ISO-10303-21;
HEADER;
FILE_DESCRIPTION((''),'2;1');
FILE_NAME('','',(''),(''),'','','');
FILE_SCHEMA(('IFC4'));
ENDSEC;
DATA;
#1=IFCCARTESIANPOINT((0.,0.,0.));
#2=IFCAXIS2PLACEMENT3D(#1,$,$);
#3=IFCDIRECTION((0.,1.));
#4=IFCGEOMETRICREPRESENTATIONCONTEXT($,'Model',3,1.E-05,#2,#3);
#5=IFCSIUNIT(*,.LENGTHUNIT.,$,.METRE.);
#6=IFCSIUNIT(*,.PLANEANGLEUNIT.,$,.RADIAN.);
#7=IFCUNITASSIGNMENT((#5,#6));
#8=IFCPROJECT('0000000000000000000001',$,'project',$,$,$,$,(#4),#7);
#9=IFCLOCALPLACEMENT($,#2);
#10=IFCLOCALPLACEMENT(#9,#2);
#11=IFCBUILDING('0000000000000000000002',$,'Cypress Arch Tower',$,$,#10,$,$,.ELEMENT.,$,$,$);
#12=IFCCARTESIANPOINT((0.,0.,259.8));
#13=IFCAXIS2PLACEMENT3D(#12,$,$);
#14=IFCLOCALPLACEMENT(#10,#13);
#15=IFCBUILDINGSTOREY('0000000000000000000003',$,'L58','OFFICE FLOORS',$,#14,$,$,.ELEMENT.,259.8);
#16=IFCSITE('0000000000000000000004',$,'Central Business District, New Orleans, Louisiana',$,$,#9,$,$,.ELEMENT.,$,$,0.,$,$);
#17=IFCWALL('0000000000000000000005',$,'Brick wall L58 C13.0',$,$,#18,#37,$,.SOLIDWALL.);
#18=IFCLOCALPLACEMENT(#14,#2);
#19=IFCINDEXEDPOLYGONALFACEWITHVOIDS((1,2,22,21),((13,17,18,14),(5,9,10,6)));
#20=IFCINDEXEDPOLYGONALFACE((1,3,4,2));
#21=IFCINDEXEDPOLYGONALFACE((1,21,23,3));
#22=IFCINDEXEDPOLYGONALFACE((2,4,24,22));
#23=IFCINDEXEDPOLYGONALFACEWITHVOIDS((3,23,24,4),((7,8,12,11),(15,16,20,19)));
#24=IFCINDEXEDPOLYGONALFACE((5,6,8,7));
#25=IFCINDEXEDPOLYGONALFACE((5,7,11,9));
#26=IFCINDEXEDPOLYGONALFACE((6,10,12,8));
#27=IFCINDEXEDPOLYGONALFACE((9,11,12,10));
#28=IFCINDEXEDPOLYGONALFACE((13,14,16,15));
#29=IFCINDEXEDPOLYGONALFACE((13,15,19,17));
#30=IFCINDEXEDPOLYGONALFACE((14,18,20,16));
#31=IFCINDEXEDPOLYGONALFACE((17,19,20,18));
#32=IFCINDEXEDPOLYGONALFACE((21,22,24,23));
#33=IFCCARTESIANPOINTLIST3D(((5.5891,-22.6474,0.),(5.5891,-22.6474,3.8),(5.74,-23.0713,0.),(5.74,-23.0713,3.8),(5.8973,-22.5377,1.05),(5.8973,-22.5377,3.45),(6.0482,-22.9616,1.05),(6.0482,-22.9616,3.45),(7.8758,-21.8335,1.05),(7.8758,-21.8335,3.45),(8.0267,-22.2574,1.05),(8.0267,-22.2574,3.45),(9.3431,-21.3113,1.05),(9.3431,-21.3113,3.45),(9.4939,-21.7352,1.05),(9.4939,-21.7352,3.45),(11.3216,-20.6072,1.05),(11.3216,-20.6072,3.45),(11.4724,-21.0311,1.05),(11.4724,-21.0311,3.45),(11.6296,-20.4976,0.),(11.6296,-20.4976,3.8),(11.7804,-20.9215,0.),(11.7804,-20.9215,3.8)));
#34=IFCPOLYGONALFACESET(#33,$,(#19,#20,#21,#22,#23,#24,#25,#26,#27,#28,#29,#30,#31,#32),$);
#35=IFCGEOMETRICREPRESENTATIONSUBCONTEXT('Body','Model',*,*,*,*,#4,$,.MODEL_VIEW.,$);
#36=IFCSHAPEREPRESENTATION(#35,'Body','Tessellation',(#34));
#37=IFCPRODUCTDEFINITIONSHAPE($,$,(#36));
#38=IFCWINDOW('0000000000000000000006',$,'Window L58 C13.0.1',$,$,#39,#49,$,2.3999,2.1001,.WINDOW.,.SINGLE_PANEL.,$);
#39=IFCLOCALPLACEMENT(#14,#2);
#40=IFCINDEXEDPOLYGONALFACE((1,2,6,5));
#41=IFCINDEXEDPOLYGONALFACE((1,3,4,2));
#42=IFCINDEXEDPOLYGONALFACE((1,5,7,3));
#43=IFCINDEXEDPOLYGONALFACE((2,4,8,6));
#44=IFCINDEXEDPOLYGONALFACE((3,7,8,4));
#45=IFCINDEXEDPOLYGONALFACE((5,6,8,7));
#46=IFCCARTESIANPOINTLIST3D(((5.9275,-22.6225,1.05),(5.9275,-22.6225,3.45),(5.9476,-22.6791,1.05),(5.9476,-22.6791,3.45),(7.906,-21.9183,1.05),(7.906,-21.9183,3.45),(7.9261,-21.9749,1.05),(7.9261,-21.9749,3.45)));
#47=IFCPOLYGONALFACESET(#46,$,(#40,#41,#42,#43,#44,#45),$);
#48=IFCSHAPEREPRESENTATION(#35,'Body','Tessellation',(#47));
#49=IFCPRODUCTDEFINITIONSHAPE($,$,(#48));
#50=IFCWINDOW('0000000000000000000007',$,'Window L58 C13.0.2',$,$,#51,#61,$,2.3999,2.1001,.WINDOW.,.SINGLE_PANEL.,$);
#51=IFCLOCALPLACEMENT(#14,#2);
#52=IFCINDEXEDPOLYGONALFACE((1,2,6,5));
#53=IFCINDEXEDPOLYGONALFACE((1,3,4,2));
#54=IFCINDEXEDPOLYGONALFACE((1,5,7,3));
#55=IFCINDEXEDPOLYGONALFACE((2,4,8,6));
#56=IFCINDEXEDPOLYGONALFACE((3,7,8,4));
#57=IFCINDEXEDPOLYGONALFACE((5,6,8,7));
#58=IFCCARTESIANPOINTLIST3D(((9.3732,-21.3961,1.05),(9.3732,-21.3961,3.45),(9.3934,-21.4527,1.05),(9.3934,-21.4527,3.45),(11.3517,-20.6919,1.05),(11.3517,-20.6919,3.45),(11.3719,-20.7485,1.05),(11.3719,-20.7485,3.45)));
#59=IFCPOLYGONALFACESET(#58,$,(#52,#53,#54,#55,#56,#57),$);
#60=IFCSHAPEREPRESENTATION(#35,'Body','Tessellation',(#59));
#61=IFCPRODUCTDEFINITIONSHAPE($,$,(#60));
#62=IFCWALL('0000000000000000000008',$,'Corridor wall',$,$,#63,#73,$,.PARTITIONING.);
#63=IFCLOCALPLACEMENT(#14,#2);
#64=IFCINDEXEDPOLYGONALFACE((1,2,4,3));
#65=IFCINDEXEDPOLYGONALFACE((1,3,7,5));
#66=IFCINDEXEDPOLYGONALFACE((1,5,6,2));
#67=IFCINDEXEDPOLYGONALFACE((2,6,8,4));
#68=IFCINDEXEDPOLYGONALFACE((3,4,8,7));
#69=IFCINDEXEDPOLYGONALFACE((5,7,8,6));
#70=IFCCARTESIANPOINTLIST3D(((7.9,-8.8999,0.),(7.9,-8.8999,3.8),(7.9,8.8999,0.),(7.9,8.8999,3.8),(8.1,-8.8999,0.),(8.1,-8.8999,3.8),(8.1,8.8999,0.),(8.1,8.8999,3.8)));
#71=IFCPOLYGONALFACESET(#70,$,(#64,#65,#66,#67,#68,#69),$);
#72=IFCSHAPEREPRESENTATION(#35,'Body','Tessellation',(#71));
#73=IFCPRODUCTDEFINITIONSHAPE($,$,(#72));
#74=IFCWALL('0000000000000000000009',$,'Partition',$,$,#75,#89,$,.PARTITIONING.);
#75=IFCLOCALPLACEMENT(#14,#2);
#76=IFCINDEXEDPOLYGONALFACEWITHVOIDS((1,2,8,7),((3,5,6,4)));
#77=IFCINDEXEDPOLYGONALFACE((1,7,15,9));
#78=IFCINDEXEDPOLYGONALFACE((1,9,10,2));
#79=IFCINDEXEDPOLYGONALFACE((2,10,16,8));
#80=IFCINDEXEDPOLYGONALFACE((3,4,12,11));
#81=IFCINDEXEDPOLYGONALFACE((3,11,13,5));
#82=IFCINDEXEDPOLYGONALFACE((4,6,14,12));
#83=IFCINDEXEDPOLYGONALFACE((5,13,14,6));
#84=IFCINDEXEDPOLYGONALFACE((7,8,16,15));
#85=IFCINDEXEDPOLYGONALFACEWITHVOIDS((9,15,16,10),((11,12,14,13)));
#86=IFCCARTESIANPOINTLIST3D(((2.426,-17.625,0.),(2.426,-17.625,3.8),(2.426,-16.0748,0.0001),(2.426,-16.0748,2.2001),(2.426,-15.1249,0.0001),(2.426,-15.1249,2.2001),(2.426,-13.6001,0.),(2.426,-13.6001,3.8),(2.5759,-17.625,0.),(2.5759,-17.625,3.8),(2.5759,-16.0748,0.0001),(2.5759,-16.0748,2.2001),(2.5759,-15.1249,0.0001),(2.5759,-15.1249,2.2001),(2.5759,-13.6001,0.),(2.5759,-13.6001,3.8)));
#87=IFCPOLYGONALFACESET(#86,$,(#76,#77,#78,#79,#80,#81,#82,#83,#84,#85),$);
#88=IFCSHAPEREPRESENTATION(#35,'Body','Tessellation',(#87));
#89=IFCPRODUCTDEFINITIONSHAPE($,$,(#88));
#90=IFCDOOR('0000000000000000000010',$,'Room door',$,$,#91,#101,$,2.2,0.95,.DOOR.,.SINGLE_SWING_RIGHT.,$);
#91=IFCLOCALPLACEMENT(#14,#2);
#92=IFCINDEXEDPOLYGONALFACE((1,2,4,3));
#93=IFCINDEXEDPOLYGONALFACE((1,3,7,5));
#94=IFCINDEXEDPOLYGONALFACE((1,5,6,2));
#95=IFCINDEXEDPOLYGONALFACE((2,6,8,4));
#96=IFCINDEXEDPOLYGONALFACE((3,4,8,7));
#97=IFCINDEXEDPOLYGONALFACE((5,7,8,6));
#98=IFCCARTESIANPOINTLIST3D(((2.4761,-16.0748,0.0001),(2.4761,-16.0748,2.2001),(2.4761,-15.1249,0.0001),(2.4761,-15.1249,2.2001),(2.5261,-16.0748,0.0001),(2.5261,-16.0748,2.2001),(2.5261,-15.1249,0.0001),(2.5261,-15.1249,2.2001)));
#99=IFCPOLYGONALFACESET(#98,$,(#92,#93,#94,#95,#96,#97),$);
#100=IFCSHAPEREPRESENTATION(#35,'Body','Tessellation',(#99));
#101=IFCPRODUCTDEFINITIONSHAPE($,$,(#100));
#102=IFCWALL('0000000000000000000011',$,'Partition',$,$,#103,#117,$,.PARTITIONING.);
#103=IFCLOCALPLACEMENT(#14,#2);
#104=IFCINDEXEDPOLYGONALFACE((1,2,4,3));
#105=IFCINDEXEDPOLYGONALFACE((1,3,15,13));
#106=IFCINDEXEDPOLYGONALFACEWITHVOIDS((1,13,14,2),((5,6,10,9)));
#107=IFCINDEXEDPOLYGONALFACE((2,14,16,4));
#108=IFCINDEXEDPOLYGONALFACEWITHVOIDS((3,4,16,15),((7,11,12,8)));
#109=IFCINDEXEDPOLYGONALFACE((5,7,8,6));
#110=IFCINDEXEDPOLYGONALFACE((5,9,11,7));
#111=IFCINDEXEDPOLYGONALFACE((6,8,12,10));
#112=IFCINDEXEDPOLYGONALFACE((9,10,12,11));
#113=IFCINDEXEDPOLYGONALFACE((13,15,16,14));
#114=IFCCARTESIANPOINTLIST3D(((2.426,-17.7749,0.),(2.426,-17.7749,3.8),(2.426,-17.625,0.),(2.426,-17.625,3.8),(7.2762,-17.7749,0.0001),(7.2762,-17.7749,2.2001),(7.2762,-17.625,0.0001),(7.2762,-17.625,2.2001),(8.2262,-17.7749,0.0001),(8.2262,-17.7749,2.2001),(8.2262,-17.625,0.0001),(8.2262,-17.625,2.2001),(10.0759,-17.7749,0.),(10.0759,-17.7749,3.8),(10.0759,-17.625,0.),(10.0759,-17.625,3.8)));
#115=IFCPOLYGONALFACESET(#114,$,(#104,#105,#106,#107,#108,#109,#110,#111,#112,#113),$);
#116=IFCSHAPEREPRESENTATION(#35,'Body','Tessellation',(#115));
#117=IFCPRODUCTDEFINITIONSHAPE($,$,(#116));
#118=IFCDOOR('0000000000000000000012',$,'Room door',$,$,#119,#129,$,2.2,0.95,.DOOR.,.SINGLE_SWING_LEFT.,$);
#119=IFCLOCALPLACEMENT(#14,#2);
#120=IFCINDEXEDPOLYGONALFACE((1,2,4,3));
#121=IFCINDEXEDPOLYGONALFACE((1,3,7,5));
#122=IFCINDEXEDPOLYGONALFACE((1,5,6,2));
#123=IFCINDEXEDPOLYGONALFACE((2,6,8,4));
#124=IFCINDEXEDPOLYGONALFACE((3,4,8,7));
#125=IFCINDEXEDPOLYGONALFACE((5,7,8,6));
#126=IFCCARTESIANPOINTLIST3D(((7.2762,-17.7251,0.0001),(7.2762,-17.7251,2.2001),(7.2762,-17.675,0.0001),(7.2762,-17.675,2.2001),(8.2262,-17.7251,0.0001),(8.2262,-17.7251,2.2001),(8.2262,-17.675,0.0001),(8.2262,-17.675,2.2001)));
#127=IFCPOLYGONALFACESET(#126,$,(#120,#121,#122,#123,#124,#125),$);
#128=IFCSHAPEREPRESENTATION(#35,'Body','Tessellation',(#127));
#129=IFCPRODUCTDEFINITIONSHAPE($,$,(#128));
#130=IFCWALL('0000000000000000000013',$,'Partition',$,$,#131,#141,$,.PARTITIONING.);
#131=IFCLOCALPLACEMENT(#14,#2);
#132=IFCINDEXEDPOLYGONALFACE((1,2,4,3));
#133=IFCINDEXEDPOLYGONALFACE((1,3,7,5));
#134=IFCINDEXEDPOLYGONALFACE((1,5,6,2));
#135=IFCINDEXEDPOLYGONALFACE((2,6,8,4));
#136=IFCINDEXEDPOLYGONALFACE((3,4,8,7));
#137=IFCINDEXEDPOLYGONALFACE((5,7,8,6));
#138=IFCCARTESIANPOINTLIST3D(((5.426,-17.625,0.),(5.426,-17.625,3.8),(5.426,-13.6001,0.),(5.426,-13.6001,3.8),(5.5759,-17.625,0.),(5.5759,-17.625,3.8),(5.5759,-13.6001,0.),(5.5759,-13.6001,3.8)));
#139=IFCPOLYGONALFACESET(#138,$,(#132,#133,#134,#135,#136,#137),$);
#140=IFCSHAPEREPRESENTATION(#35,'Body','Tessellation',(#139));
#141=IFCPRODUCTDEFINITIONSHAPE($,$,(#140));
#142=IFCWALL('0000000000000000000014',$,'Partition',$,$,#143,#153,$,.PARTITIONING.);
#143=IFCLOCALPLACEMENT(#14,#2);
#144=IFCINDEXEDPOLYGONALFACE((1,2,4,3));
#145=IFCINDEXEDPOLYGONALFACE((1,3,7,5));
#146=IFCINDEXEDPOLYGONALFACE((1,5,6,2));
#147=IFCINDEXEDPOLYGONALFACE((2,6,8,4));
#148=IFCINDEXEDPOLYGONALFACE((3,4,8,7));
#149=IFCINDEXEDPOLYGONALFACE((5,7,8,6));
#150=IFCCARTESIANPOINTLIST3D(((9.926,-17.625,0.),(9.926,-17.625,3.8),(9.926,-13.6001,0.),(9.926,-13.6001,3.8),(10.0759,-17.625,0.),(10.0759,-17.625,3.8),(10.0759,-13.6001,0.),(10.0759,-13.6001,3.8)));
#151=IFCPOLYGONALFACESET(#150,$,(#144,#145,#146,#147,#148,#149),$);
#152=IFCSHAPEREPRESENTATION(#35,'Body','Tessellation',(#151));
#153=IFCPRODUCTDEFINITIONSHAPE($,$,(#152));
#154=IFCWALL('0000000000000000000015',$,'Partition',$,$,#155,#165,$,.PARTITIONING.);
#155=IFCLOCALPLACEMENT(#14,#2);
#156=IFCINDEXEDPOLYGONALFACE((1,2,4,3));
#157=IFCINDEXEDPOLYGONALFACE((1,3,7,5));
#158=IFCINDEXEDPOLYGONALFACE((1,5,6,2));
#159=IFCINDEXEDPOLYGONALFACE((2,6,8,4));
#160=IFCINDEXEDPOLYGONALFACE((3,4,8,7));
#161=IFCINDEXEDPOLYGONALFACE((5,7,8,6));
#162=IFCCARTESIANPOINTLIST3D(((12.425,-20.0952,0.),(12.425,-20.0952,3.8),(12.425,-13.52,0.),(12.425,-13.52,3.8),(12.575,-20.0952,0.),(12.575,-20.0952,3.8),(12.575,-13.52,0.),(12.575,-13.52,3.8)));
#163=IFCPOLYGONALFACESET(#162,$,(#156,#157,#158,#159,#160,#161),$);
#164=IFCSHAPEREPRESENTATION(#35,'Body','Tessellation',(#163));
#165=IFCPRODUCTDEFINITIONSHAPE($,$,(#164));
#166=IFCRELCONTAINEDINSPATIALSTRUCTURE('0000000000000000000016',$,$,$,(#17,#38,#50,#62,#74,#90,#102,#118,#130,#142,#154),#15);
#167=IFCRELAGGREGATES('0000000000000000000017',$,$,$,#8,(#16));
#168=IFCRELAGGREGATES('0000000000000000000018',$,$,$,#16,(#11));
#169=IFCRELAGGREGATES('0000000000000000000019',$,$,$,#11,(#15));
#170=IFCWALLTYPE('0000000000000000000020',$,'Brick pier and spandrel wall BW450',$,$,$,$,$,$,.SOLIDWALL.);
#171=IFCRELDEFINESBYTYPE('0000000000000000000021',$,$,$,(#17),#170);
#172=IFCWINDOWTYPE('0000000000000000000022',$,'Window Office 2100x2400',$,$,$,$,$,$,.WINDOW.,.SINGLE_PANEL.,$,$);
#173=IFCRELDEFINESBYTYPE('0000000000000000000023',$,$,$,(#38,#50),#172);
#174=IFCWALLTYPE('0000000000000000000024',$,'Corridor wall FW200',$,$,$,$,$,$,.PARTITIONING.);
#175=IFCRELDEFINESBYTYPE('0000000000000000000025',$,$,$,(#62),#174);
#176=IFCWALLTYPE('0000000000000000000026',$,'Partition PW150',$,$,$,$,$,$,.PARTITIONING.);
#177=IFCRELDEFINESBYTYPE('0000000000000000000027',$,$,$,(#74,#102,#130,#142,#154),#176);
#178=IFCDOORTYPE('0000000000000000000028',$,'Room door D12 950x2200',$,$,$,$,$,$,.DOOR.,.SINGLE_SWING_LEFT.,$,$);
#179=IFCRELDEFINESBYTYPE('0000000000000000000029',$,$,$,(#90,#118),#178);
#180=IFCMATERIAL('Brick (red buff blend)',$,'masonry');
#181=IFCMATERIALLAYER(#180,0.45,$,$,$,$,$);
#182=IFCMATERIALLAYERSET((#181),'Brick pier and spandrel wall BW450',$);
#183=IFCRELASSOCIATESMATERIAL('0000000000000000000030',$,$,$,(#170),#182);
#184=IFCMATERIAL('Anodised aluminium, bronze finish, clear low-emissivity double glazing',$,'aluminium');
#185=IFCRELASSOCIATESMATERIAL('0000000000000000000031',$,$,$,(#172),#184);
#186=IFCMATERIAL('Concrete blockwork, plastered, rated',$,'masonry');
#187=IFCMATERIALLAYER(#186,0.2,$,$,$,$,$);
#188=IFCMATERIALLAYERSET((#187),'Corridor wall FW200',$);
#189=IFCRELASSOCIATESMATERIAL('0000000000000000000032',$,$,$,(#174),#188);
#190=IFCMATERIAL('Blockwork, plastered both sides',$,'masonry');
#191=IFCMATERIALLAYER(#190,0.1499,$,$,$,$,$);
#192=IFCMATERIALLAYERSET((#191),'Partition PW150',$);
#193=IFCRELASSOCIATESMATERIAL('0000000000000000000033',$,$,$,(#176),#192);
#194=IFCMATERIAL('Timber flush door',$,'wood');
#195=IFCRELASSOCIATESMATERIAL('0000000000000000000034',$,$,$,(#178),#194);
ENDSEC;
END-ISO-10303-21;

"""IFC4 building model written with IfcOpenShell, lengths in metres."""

from ifc_helpers import new_model, si_unit, direction, frame, frame_2d, origin, place, context, subcontext, project, spatial, rectangle, extrude, material, layer, layer_set, type_object, element, fill, save


model = new_model("IFC4")

# Units and contexts
model_context = context("Model", 3, precision=1e-05, world=origin(), true_north=direction((0.0, 1.0)))
body_context = subcontext(model_context, "Body", "Model", "MODEL_VIEW")
ifc_project = project(units=[si_unit("LENGTHUNIT", "METRE"), si_unit("PLANEANGLEUNIT", "RADIAN")], contexts=[model_context])

# Site, building, storey
site_placement = place(None, origin())
site = spatial("IfcSite", under=ifc_project, at=site_placement, Name="Central Business District, New Orleans, Louisiana", CompositionType="ELEMENT", RefElevation=0.0)
building_placement = place(site_placement, origin())
building = spatial("IfcBuilding", under=site, at=building_placement, Name="Cypress Arch Tower", CompositionType="ELEMENT")
storey_placement = place(building_placement, frame((0.0, 0.0, 259.8)))
storey = spatial("IfcBuildingStorey", under=building, at=storey_placement, Name="L58", Description="OFFICE FLOORS", CompositionType="ELEMENT", Elevation=259.8)

# Wall, openings, windows
ifc_material_1 = material(Name="Brick (red buff blend)", Category="masonry")
ifc_layer_1 = layer(ifc_material_1, 0.45)
ifc_layer_set_1 = layer_set([ifc_layer_1], Name="Brick pier and spandrel wall BW450")
wall_type_1 = type_object("IfcWallType", Name="Brick pier and spandrel wall BW450", PredefinedType="SOLIDWALL", material=ifc_layer_set_1)
wall_1_placement = place(storey_placement, frame((5.6646, -22.8594, 0.0), z_axis=(0.0, 0.0, 1.0), x_axis=(0.942108, 0.335309, 0.0)))
wall_1 = element("IfcWall", 1, at=wall_1_placement, inside=storey, type_object=wall_type_1, Name="Brick wall L58 C13.0", PredefinedType="SOLIDWALL", context=body_context, shape_type="SweptSolid", body=[
    extrude(rectangle(XDim=6.4116, YDim=0.45, at=frame_2d((3.2058, 0.0))), origin(), (0.0, 0.0, 1.0), 3.8),
])
opening_1_placement = place(wall_1_placement, frame((0.3271, 0.0, 1.05)))
opening_1 = element("IfcOpeningElement", 2, at=opening_1_placement, cuts=wall_1, PredefinedType="OPENING", context=body_context, shape_type="SweptSolid", body=[
    extrude(rectangle(XDim=2.1001, YDim=2.3999, at=frame_2d((1.05, 1.2))), frame((0.0, 0.2349, 0.0), z_axis=(0.0, -1.0, 0.0), x_axis=(1.0, 0.0, 0.0)), (0.0, 0.0, 1.0), 0.47),
])
opening_2_placement = place(wall_1_placement, frame((3.9846, 0.0, 1.05)))
opening_2 = element("IfcOpeningElement", 3, at=opening_2_placement, cuts=wall_1, PredefinedType="OPENING", context=body_context, shape_type="SweptSolid", body=[
    extrude(rectangle(XDim=2.1001, YDim=2.3999, at=frame_2d((1.05, 1.2))), frame((0.0, 0.2349, 0.0), z_axis=(0.0, -1.0, 0.0), x_axis=(1.0, 0.0, 0.0)), (0.0, 0.0, 1.0), 0.47),
])
ifc_material_2 = material(Name="Anodised aluminium, bronze finish, clear low-emissivity double glazing", Category="aluminium")
window_type = type_object("IfcWindowType", Name="Window Office 2100x2400", PartitioningType="SINGLE_PANEL", PredefinedType="WINDOW", material=ifc_material_2)
window_1_placement = place(opening_1_placement, origin())
window_1 = element("IfcWindow", 4, at=window_1_placement, inside=storey, type_object=window_type, Name="Window L58 C13.0.1", OverallHeight=2.3999, OverallWidth=2.1001, PartitioningType="SINGLE_PANEL", PredefinedType="WINDOW", context=body_context, shape_type="SweptSolid", body=[
    extrude(rectangle(XDim=2.1001, YDim=2.3999, at=frame_2d((1.05, 1.2))), frame((0.0, 0.135, 0.0), z_axis=(0.0, -1.0, 0.0), x_axis=(1.0, 0.0, 0.0)), (0.0, 0.0, 1.0), 0.0601),
])
fill(opening_1, window_1)
window_2_placement = place(opening_2_placement, origin())
window_2 = element("IfcWindow", 5, at=window_2_placement, inside=storey, type_object=window_type, Name="Window L58 C13.0.2", OverallHeight=2.3999, OverallWidth=2.1001, PartitioningType="SINGLE_PANEL", PredefinedType="WINDOW", context=body_context, shape_type="SweptSolid", body=[
    extrude(rectangle(XDim=2.1001, YDim=2.3999, at=frame_2d((1.05, 1.2))), frame((0.0, 0.135, 0.0), z_axis=(0.0, -1.0, 0.0), x_axis=(1.0, 0.0, 0.0)), (0.0, 0.0, 1.0), 0.0601),
])
fill(opening_2, window_2)

# Wall
ifc_material_3 = material(Name="Concrete blockwork, plastered, rated", Category="masonry")
ifc_layer_2 = layer(ifc_material_3, 0.2)
ifc_layer_set_2 = layer_set([ifc_layer_2], Name="Corridor wall FW200")
wall_type_2 = type_object("IfcWallType", Name="Corridor wall FW200", PredefinedType="PARTITIONING", material=ifc_layer_set_2)
wall_2_placement = place(storey_placement, frame((8.0, -8.8999, 0.0), z_axis=(0.0, 0.0, 1.0), x_axis=(0.0, 1.0, 0.0)))
element("IfcWall", 6, at=wall_2_placement, inside=storey, type_object=wall_type_2, Name="Corridor wall", PredefinedType="PARTITIONING", context=body_context, shape_type="SweptSolid", body=[
    extrude(rectangle(XDim=17.7998, YDim=0.2, at=frame_2d((8.8999, 0.0))), origin(), (0.0, 0.0, 1.0), 3.8),
])

# Walls, openings, doors
ifc_material_4 = material(Name="Blockwork, plastered both sides", Category="masonry")
ifc_layer_3 = layer(ifc_material_4, 0.1499)
ifc_layer_set_3 = layer_set([ifc_layer_3], Name="Partition PW150")
wall_type_3 = type_object("IfcWallType", Name="Partition PW150", PredefinedType="PARTITIONING", material=ifc_layer_set_3)
wall_3_placement = place(storey_placement, frame((2.501, -17.625, 0.0), z_axis=(0.0, 0.0, 1.0), x_axis=(0.0, 1.0, 0.0)))
wall_3 = element("IfcWall", 7, at=wall_3_placement, inside=storey, type_object=wall_type_3, Name="Partition", PredefinedType="PARTITIONING", context=body_context, shape_type="SweptSolid", body=[
    extrude(rectangle(XDim=4.0249, YDim=0.1499, at=frame_2d((2.0125, 0.0))), origin(), (0.0, 0.0, 1.0), 3.8),
])
opening_3_placement = place(wall_3_placement, frame((1.55, 0.0, 0.0)))
opening_3 = element("IfcOpeningElement", 8, at=opening_3_placement, cuts=wall_3, PredefinedType="OPENING", context=body_context, shape_type="SweptSolid", body=[
    extrude(rectangle(XDim=0.95, YDim=2.2, at=frame_2d((0.4751, 1.1001))), frame((0.0, 0.085, 0.0), z_axis=(0.0, -1.0, 0.0), x_axis=(1.0, 0.0, 0.0)), (0.0, 0.0, 1.0), 0.1699),
])
ifc_material_5 = material(Name="Timber flush door", Category="wood")
door_type = type_object("IfcDoorType", Name="Room door D12 950x2200", OperationType="SINGLE_SWING_LEFT", PredefinedType="DOOR", material=ifc_material_5)
door_1_placement = place(opening_3_placement, origin())
door_1 = element("IfcDoor", 9, at=door_1_placement, inside=storey, type_object=door_type, Name="Room door", OperationType="SINGLE_SWING_RIGHT", OverallHeight=2.2, OverallWidth=0.95, PredefinedType="DOOR", context=body_context, shape_type="SweptSolid", body=[
    extrude(rectangle(XDim=0.95, YDim=2.2, at=frame_2d((0.4751, 1.1001))), frame((0.0, 0.0249, 0.0), z_axis=(0.0, -1.0, 0.0), x_axis=(1.0, 0.0, 0.0)), (0.0, 0.0, 1.0), 0.05),
])
fill(opening_3, door_1)
wall_4_placement = place(storey_placement, frame((2.426, -17.7, 0.0), z_axis=(0.0, 0.0, 1.0), x_axis=(1.0, 0.0, 0.0)))
wall_4 = element("IfcWall", 10, at=wall_4_placement, inside=storey, type_object=wall_type_3, Name="Partition", PredefinedType="PARTITIONING", context=body_context, shape_type="SweptSolid", body=[
    extrude(rectangle(XDim=7.6499, YDim=0.1499, at=frame_2d((3.825, 0.0))), origin(), (0.0, 0.0, 1.0), 3.8),
])
opening_4_placement = place(wall_4_placement, frame((4.8501, 0.0, 0.0)))
opening_4 = element("IfcOpeningElement", 11, at=opening_4_placement, cuts=wall_4, PredefinedType="OPENING", context=body_context, shape_type="SweptSolid", body=[
    extrude(rectangle(XDim=0.95, YDim=2.2, at=frame_2d((0.4751, 1.1001))), frame((0.0, 0.085, 0.0), z_axis=(0.0, -1.0, 0.0), x_axis=(1.0, 0.0, 0.0)), (0.0, 0.0, 1.0), 0.1699),
])
door_2_placement = place(opening_4_placement, origin())
door_2 = element("IfcDoor", 12, at=door_2_placement, inside=storey, type_object=door_type, Name="Room door", OperationType="SINGLE_SWING_LEFT", OverallHeight=2.2, OverallWidth=0.95, PredefinedType="DOOR", context=body_context, shape_type="SweptSolid", body=[
    extrude(rectangle(XDim=0.95, YDim=2.2, at=frame_2d((0.4751, 1.1001))), frame((0.0, 0.0249, 0.0), z_axis=(0.0, -1.0, 0.0), x_axis=(1.0, 0.0, 0.0)), (0.0, 0.0, 1.0), 0.05),
])
fill(opening_4, door_2)

# Walls
for number, where, z_axis, x_axis, name in (
    (13, (5.501, -17.625, 0.0), (0.0, 0.0, 1.0), (0.0, 1.0, 0.0), "Partition"),
    (14, (10.001, -17.625, 0.0), (0.0, 0.0, 1.0), (0.0, 1.0, 0.0), "Partition"),
):
    element("IfcWall", number, at=place(storey_placement, frame(where, z_axis=z_axis, x_axis=x_axis)), inside=storey, type_object=wall_type_3, Name=name, PredefinedType="PARTITIONING", context=body_context, shape_type="SweptSolid", body=[
        extrude(rectangle(XDim=4.0249, YDim=0.1499, at=frame_2d((2.0125, 0.0))), origin(), (0.0, 0.0, 1.0), 3.8),
    ])
wall_5_placement = place(storey_placement, frame((12.5, -20.0952, 0.0), z_axis=(0.0, 0.0, 1.0), x_axis=(0.0, 1.0, 0.0)))
element("IfcWall", 15, at=wall_5_placement, inside=storey, type_object=wall_type_3, Name="Partition", PredefinedType="PARTITIONING", context=body_context, shape_type="SweptSolid", body=[
    extrude(rectangle(XDim=6.5752, YDim=0.1499, at=frame_2d((3.2876, 0.0))), origin(), (0.0, 0.0, 1.0), 3.8),
])

save(model, "model.ifc")
